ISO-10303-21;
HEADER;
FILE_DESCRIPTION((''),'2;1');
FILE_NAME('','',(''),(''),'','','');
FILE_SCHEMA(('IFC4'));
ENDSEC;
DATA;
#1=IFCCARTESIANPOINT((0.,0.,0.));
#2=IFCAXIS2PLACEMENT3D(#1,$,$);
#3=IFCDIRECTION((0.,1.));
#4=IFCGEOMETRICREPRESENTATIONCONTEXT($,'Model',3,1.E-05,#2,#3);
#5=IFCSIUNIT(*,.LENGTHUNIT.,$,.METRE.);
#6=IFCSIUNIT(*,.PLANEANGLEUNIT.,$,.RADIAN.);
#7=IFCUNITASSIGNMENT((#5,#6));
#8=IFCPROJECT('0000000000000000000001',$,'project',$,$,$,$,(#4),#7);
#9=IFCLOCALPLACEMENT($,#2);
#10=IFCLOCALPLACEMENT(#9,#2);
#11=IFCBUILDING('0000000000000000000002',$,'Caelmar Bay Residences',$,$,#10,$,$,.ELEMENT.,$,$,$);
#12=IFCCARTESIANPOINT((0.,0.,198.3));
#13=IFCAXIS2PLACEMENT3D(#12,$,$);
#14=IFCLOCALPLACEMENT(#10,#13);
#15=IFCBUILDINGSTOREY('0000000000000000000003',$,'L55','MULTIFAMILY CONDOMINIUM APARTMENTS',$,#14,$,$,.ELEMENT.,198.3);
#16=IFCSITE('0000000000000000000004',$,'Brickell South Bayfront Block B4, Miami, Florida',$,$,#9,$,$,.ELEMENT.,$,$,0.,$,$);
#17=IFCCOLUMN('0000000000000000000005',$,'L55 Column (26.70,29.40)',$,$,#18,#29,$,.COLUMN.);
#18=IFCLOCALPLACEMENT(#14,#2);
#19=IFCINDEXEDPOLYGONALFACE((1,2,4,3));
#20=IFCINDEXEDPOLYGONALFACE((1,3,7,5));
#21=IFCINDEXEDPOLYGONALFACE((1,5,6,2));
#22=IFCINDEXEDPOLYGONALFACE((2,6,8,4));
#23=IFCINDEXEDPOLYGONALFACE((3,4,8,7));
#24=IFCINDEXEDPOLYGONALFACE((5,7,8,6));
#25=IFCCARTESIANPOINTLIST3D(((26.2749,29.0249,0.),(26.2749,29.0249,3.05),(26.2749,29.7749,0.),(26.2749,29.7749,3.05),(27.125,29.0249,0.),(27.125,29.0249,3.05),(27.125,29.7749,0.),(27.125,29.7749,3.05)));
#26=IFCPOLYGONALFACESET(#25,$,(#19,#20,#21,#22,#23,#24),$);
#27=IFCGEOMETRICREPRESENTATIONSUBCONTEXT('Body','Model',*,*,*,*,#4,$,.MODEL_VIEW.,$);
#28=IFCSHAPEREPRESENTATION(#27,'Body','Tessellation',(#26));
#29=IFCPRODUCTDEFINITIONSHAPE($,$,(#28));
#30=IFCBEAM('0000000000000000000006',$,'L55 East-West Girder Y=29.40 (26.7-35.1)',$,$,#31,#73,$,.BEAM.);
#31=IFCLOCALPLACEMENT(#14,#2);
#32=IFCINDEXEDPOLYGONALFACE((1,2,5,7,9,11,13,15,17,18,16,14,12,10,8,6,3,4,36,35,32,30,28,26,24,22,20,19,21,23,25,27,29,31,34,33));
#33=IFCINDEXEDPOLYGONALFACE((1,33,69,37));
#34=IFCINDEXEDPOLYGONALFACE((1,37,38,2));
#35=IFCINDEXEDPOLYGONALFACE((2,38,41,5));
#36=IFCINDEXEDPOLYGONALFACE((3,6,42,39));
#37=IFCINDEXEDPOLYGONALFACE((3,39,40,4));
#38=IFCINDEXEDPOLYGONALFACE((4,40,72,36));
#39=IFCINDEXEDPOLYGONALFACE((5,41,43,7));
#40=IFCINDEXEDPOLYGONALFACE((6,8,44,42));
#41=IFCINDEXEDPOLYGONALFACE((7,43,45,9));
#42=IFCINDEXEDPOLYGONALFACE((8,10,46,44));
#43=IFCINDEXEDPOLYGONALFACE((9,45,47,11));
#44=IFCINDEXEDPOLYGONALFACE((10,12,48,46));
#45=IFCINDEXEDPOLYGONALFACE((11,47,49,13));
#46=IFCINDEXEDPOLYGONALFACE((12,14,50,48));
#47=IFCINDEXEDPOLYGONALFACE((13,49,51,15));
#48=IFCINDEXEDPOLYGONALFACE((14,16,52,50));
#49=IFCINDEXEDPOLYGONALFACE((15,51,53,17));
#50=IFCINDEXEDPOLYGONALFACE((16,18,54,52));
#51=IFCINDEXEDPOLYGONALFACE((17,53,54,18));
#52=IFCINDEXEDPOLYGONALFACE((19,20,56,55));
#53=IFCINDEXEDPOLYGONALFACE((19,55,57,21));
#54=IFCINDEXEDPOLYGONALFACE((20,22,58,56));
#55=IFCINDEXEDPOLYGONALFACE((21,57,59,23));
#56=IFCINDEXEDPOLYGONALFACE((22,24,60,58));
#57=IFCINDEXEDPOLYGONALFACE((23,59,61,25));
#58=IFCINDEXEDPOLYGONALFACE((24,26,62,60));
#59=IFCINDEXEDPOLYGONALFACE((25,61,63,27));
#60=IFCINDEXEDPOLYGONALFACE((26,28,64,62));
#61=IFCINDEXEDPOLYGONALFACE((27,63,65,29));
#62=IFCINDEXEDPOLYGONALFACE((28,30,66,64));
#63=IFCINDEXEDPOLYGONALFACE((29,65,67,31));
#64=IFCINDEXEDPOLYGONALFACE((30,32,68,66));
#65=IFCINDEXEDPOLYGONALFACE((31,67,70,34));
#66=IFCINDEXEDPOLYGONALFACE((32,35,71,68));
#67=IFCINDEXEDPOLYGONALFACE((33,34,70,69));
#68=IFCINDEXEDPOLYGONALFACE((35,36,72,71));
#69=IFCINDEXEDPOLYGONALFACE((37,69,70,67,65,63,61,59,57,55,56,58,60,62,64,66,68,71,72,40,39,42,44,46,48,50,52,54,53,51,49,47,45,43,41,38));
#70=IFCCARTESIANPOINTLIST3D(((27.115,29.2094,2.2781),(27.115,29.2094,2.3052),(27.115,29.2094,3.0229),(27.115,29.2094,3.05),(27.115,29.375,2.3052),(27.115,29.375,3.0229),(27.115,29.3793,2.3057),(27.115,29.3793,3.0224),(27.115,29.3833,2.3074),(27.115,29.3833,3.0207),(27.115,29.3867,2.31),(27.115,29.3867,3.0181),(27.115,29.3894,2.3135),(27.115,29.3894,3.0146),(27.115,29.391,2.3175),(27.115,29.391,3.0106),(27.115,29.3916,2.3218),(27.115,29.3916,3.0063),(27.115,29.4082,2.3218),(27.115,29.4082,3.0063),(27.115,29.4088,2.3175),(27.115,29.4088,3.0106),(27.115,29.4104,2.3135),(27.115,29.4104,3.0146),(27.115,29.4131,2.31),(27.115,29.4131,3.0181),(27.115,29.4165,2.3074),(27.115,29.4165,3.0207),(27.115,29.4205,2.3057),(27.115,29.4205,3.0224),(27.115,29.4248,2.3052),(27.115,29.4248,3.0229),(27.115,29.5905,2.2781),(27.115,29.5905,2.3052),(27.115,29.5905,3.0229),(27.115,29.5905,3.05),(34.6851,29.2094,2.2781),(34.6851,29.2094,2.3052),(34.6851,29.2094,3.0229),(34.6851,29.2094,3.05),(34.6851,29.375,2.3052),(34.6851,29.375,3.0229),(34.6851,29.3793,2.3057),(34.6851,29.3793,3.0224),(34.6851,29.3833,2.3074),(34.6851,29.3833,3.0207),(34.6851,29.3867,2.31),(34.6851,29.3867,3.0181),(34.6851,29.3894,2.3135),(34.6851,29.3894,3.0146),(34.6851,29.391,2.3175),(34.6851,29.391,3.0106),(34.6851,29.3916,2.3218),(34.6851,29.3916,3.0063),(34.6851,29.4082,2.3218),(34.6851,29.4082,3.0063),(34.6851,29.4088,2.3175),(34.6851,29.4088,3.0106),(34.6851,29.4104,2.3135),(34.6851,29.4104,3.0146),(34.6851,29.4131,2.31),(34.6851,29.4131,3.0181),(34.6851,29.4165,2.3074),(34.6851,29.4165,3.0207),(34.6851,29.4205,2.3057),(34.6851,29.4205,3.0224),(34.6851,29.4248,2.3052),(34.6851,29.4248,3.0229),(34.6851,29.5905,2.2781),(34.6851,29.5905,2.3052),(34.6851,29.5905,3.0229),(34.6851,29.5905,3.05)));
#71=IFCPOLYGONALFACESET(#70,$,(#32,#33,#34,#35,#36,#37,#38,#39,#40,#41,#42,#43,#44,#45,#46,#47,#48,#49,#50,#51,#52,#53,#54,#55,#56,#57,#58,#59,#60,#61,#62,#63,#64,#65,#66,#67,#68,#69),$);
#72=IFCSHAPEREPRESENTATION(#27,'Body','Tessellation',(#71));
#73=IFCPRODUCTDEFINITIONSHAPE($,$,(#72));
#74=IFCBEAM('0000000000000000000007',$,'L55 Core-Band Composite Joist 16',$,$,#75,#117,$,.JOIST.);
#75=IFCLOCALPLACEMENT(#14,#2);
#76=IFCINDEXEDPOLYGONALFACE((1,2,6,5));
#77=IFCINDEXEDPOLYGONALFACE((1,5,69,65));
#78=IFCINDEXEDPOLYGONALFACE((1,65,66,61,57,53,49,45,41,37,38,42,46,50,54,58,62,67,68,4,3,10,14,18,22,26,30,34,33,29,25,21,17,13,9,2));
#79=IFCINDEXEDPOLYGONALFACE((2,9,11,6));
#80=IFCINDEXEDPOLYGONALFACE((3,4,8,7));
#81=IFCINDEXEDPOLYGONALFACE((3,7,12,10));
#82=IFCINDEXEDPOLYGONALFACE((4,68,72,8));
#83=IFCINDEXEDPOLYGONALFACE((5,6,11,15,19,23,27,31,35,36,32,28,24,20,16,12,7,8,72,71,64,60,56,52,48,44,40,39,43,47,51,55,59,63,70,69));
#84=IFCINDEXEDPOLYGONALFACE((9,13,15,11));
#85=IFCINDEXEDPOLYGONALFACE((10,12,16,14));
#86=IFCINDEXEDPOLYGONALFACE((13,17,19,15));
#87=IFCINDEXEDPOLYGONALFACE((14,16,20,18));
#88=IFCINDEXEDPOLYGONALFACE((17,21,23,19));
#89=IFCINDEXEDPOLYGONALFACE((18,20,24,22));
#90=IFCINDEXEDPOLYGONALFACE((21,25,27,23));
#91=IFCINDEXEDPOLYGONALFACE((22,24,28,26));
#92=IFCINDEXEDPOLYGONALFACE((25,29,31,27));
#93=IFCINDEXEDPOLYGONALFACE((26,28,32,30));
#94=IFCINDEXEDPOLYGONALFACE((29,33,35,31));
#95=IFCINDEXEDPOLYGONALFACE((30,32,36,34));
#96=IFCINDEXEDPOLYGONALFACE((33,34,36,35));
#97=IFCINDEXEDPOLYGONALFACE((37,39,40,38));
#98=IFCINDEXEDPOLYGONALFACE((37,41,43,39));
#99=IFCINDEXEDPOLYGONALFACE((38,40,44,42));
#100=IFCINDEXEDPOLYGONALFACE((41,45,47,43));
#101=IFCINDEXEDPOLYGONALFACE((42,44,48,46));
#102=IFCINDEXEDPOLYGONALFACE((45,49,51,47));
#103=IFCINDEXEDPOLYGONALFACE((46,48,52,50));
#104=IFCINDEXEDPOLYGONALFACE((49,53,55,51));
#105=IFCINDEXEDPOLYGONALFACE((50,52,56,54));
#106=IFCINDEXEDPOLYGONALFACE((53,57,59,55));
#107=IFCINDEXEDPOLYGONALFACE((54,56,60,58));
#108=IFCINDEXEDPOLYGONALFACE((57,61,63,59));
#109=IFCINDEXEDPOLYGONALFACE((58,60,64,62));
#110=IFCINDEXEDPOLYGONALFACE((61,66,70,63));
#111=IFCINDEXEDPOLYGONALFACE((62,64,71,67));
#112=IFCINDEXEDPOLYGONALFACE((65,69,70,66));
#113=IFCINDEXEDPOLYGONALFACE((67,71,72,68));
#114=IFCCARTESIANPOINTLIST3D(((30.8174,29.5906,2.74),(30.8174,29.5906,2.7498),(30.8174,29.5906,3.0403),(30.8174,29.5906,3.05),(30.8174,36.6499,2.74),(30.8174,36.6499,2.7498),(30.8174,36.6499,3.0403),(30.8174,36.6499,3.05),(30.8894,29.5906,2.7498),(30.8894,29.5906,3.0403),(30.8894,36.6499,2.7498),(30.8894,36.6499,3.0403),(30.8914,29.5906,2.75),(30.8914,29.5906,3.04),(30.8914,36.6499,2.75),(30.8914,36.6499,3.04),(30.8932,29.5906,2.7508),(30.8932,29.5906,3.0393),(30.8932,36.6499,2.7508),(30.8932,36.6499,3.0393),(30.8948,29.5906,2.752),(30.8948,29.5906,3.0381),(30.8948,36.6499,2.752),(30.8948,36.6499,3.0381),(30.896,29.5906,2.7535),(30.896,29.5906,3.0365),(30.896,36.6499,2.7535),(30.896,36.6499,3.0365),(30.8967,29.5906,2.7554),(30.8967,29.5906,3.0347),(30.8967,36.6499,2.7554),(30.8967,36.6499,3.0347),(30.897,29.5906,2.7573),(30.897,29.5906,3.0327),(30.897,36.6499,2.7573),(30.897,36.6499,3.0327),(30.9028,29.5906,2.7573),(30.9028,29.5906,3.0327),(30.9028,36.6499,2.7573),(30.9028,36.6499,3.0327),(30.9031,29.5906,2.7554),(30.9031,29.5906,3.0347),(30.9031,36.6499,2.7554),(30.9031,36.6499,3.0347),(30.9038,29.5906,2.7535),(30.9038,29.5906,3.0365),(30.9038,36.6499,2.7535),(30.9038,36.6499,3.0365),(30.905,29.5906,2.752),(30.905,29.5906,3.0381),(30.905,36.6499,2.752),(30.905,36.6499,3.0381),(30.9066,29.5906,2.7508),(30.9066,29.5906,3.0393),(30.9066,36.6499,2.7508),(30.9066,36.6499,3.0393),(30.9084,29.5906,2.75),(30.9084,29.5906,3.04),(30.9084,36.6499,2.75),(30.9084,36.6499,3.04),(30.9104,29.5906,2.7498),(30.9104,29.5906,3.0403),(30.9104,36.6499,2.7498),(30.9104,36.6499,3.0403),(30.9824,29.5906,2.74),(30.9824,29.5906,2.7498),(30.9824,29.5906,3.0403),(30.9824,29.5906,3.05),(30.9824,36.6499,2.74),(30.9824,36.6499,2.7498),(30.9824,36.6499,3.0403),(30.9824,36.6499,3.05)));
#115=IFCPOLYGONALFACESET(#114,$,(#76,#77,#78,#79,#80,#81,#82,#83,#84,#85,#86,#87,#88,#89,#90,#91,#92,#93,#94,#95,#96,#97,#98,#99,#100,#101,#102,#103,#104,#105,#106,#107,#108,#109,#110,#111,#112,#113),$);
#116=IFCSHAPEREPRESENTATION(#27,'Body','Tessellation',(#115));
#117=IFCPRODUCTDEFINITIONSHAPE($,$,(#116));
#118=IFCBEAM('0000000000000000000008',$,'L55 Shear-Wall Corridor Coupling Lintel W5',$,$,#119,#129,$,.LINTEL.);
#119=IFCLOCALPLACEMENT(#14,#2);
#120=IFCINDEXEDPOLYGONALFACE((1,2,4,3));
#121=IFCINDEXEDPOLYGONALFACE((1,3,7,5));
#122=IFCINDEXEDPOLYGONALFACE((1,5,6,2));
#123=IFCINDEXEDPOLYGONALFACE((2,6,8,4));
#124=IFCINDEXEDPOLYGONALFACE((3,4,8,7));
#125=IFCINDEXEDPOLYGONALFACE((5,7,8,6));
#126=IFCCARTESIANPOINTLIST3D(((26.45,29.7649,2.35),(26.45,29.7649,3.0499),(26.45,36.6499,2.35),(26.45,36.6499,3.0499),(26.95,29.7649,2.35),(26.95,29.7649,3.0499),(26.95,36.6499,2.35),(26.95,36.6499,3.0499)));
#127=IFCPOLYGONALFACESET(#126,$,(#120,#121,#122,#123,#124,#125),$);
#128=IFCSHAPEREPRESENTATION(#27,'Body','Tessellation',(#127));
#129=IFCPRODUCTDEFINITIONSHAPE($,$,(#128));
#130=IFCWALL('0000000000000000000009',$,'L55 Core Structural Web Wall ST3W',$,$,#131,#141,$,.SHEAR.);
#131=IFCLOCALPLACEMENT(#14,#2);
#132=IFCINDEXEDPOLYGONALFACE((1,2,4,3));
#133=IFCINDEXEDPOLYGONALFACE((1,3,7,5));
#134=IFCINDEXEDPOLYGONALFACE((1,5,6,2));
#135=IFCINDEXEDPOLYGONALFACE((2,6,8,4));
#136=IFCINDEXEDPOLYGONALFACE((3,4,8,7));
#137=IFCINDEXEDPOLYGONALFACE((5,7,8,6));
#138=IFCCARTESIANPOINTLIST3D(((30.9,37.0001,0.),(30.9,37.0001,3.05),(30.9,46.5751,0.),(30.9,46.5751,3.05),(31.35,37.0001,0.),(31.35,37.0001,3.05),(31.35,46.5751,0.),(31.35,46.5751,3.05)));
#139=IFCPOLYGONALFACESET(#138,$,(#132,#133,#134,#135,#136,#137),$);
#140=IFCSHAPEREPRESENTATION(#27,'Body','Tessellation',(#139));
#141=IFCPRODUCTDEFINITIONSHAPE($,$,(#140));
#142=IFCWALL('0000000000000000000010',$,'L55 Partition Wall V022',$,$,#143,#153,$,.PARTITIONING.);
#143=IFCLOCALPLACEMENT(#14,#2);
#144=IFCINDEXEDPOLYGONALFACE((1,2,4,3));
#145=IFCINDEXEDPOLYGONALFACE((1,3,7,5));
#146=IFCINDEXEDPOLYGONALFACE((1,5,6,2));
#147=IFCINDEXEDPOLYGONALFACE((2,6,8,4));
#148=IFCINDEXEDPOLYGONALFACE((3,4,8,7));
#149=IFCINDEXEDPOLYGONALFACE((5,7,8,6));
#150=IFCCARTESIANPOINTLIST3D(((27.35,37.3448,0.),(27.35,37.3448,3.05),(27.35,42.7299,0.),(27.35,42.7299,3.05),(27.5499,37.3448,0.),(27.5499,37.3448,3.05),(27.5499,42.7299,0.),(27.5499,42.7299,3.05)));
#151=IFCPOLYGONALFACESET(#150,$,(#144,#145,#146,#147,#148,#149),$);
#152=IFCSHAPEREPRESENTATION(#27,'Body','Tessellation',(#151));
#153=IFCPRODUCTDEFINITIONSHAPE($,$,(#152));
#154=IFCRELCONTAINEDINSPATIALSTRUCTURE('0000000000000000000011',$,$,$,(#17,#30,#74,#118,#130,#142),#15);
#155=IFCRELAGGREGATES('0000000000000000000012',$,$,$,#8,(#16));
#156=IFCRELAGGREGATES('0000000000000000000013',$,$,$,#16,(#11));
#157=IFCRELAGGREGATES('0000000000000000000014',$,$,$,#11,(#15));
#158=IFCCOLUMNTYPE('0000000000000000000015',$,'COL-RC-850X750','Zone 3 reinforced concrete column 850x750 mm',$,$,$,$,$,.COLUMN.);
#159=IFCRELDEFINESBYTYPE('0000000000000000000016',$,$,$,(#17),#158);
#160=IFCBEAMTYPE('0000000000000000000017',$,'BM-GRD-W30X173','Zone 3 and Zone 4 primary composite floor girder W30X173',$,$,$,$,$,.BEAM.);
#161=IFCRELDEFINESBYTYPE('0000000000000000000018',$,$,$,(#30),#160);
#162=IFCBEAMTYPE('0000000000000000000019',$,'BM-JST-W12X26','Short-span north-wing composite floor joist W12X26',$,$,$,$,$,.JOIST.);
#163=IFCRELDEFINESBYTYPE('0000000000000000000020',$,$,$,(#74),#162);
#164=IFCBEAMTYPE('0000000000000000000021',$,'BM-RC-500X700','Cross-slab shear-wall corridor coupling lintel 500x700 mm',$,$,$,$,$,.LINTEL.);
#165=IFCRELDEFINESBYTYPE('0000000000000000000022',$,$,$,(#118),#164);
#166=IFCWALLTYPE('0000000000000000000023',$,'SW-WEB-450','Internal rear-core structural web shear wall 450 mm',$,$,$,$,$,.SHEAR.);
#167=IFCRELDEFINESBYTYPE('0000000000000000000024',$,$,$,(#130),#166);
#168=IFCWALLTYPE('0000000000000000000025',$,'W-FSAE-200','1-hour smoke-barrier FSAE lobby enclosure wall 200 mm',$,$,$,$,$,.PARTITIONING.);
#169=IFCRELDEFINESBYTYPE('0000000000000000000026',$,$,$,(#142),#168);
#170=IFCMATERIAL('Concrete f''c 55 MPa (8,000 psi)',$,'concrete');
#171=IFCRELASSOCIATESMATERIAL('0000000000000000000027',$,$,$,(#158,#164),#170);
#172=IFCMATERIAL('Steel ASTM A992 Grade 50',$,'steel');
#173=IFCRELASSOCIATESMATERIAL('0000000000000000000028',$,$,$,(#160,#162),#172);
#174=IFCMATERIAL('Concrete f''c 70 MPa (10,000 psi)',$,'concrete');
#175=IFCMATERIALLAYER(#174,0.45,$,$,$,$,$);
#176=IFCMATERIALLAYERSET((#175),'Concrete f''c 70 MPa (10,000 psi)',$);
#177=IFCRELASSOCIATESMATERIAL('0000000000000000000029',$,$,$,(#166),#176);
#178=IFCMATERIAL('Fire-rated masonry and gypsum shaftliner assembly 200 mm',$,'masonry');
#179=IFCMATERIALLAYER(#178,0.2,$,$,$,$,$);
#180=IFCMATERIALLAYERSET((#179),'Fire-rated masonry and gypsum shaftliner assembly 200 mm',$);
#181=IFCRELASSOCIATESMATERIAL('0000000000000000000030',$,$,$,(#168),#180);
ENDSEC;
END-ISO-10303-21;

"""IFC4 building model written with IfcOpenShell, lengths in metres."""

from ifc_helpers import new_model, si_unit, direction, frame, frame_2d, origin, origin_2d, place, context, subcontext, project, spatial, rectangle, i_section, extrude, material, layer, layer_set, material_profile, profile_set, type_object, element, save


model = new_model("IFC4")

# Units and contexts
model_context = context("Model", 3, precision=1e-05, world=origin(), true_north=direction((0.0, 1.0)))
body_context = subcontext(model_context, "Body", "Model", "MODEL_VIEW")
ifc_project = project(units=[si_unit("LENGTHUNIT", "METRE"), si_unit("PLANEANGLEUNIT", "RADIAN")], contexts=[model_context])

# Site, building, storey
site_placement = place(None, origin())
site = spatial("IfcSite", under=ifc_project, at=site_placement, Name="Brickell South Bayfront Block B4, Miami, Florida", CompositionType="ELEMENT", RefElevation=0.0)
building_placement = place(site_placement, origin())
building = spatial("IfcBuilding", under=site, at=building_placement, Name="Caelmar Bay Residences", CompositionType="ELEMENT")
storey_placement = place(building_placement, frame((0.0, 0.0, 198.3)))
storey = spatial("IfcBuildingStorey", under=building, at=storey_placement, Name="L55", Description="MULTIFAMILY CONDOMINIUM APARTMENTS", CompositionType="ELEMENT", Elevation=198.3)

# Column
ifc_material_1 = material(Name="Concrete f'c 55 MPa (8,000 psi)", Category="concrete")
ifc_material_profile_1 = material_profile(ifc_material_1, rectangle(XDim=0.8501, YDim=0.75, at=origin_2d()), Name="RC-COL-850X750")
ifc_profile_set_1 = profile_set([ifc_material_profile_1], Name="Concrete f'c 55 MPa (8,000 psi)")
column_type = type_object("IfcColumnType", Name="COL-RC-850X750", Description="Zone 3 reinforced concrete column 850x750 mm", PredefinedType="COLUMN", material=ifc_profile_set_1)
column_placement = place(storey_placement, frame((26.7, 29.3999, 0.0), z_axis=(0.0, 0.0, 1.0), x_axis=(1.0, 0.0, 0.0)))
element("IfcColumn", 1, at=column_placement, inside=storey, type_object=column_type, Name="L55 Column (26.70,29.40)", PredefinedType="COLUMN", context=body_context, shape_type="SweptSolid", body=[
    extrude(rectangle(XDim=0.8501, YDim=0.75, at=origin_2d()), origin(), (0.0, 0.0, 1.0), 3.05),
])

# Beams
ifc_material_2 = material(Name="Steel ASTM A992 Grade 50", Category="steel")
ifc_material_profile_2 = material_profile(ifc_material_2, i_section(OverallWidth=0.3811, OverallDepth=0.772, WebThickness=0.0166, FlangeThickness=0.0271, FilletRadius=0.0166, at=origin_2d()), Name="W30X173")
ifc_profile_set_2 = profile_set([ifc_material_profile_2], Name="Steel ASTM A992 Grade 50")
beam_type_1 = type_object("IfcBeamType", Name="BM-GRD-W30X173", Description="Zone 3 and Zone 4 primary composite floor girder W30X173", PredefinedType="BEAM", material=ifc_profile_set_2)
beam_1_placement = place(storey_placement, frame((27.115, 29.3999, 2.6641), z_axis=(1.0, 0.0, 0.0), x_axis=(0.0, 1.0, 0.0)))
element("IfcBeam", 2, at=beam_1_placement, inside=storey, type_object=beam_type_1, Name="L55 East-West Girder Y=29.40 (26.7-35.1)", PredefinedType="BEAM", context=body_context, shape_type="SweptSolid", body=[
    extrude(i_section(OverallWidth=0.3811, OverallDepth=0.772, WebThickness=0.0166, FlangeThickness=0.0271, FilletRadius=0.0166, at=origin_2d()), origin(), (0.0, 0.0, 1.0), 7.5701),
])
ifc_material_profile_3 = material_profile(ifc_material_2, i_section(OverallWidth=0.165, OverallDepth=0.3101, WebThickness=0.0059, FlangeThickness=0.0098, FilletRadius=0.0076, at=origin_2d()), Name="W12X26")
ifc_profile_set_3 = profile_set([ifc_material_profile_3], Name="Steel ASTM A992 Grade 50")
beam_type_2 = type_object("IfcBeamType", Name="BM-JST-W12X26", Description="Short-span north-wing composite floor joist W12X26", PredefinedType="JOIST", material=ifc_profile_set_3)
beam_2_placement = place(storey_placement, frame((30.8999, 29.5906, 2.895), z_axis=(0.0, 1.0, 0.0), x_axis=(-1.0, 0.0, 0.0)))
element("IfcBeam", 3, at=beam_2_placement, inside=storey, type_object=beam_type_2, Name="L55 Core-Band Composite Joist 16", PredefinedType="JOIST", context=body_context, shape_type="SweptSolid", body=[
    extrude(i_section(OverallWidth=0.165, OverallDepth=0.3101, WebThickness=0.0059, FlangeThickness=0.0098, FilletRadius=0.0076, at=origin_2d()), origin(), (0.0, 0.0, 1.0), 7.0593),
])
ifc_material_profile_4 = material_profile(ifc_material_1, rectangle(XDim=0.5, YDim=0.7, at=origin_2d()), Name="RC-BM-500X700")
ifc_profile_set_4 = profile_set([ifc_material_profile_4], Name="Concrete f'c 55 MPa (8,000 psi)")
beam_type_3 = type_object("IfcBeamType", Name="BM-RC-500X700", Description="Cross-slab shear-wall corridor coupling lintel 500x700 mm", PredefinedType="LINTEL", material=ifc_profile_set_4)
beam_3_placement = place(storey_placement, frame((26.7, 29.7649, 2.7), z_axis=(0.0, 1.0, 0.0), x_axis=(-1.0, 0.0, 0.0)))
element("IfcBeam", 4, at=beam_3_placement, inside=storey, type_object=beam_type_3, Name="L55 Shear-Wall Corridor Coupling Lintel W5", PredefinedType="LINTEL", context=body_context, shape_type="SweptSolid", body=[
    extrude(rectangle(XDim=0.5, YDim=0.7, at=origin_2d()), origin(), (0.0, 0.0, 1.0), 6.885),
])

# Walls
ifc_material_3 = material(Name="Concrete f'c 70 MPa (10,000 psi)", Category="concrete")
ifc_layer_1 = layer(ifc_material_3, 0.45)
ifc_layer_set_1 = layer_set([ifc_layer_1], Name="Concrete f'c 70 MPa (10,000 psi)")
wall_type_1 = type_object("IfcWallType", Name="SW-WEB-450", Description="Internal rear-core structural web shear wall 450 mm", PredefinedType="SHEAR", material=ifc_layer_set_1)
wall_1_placement = place(storey_placement, frame((31.125, 37.0, 0.0), z_axis=(0.0, 0.0, 1.0), x_axis=(0.0, 1.0, 0.0)))
element("IfcWall", 5, at=wall_1_placement, inside=storey, type_object=wall_type_1, Name="L55 Core Structural Web Wall ST3W", PredefinedType="SHEAR", context=body_context, shape_type="SweptSolid", body=[
    extrude(rectangle(XDim=9.575, YDim=0.45, at=frame_2d((4.7876, 0.0))), origin(), (0.0, 0.0, 1.0), 3.05),
])
ifc_material_4 = material(Name="Fire-rated masonry and gypsum shaftliner assembly 200 mm", Category="masonry")
ifc_layer_2 = layer(ifc_material_4, 0.2)
ifc_layer_set_2 = layer_set([ifc_layer_2], Name="Fire-rated masonry and gypsum shaftliner assembly 200 mm")
wall_type_2 = type_object("IfcWallType", Name="W-FSAE-200", Description="1-hour smoke-barrier FSAE lobby enclosure wall 200 mm", PredefinedType="PARTITIONING", material=ifc_layer_set_2)
wall_2_placement = place(storey_placement, frame((27.45, 37.345, 0.0), z_axis=(0.0, 0.0, 1.0), x_axis=(0.0, 1.0, 0.0)))
element("IfcWall", 6, at=wall_2_placement, inside=storey, type_object=wall_type_2, Name="L55 Partition Wall V022", PredefinedType="PARTITIONING", context=body_context, shape_type="SweptSolid", body=[
    extrude(rectangle(XDim=5.385, YDim=0.2, at=frame_2d((2.6924, 0.0))), origin(), (0.0, 0.0, 1.0), 3.05),
])

save(model, "model.ifc")
